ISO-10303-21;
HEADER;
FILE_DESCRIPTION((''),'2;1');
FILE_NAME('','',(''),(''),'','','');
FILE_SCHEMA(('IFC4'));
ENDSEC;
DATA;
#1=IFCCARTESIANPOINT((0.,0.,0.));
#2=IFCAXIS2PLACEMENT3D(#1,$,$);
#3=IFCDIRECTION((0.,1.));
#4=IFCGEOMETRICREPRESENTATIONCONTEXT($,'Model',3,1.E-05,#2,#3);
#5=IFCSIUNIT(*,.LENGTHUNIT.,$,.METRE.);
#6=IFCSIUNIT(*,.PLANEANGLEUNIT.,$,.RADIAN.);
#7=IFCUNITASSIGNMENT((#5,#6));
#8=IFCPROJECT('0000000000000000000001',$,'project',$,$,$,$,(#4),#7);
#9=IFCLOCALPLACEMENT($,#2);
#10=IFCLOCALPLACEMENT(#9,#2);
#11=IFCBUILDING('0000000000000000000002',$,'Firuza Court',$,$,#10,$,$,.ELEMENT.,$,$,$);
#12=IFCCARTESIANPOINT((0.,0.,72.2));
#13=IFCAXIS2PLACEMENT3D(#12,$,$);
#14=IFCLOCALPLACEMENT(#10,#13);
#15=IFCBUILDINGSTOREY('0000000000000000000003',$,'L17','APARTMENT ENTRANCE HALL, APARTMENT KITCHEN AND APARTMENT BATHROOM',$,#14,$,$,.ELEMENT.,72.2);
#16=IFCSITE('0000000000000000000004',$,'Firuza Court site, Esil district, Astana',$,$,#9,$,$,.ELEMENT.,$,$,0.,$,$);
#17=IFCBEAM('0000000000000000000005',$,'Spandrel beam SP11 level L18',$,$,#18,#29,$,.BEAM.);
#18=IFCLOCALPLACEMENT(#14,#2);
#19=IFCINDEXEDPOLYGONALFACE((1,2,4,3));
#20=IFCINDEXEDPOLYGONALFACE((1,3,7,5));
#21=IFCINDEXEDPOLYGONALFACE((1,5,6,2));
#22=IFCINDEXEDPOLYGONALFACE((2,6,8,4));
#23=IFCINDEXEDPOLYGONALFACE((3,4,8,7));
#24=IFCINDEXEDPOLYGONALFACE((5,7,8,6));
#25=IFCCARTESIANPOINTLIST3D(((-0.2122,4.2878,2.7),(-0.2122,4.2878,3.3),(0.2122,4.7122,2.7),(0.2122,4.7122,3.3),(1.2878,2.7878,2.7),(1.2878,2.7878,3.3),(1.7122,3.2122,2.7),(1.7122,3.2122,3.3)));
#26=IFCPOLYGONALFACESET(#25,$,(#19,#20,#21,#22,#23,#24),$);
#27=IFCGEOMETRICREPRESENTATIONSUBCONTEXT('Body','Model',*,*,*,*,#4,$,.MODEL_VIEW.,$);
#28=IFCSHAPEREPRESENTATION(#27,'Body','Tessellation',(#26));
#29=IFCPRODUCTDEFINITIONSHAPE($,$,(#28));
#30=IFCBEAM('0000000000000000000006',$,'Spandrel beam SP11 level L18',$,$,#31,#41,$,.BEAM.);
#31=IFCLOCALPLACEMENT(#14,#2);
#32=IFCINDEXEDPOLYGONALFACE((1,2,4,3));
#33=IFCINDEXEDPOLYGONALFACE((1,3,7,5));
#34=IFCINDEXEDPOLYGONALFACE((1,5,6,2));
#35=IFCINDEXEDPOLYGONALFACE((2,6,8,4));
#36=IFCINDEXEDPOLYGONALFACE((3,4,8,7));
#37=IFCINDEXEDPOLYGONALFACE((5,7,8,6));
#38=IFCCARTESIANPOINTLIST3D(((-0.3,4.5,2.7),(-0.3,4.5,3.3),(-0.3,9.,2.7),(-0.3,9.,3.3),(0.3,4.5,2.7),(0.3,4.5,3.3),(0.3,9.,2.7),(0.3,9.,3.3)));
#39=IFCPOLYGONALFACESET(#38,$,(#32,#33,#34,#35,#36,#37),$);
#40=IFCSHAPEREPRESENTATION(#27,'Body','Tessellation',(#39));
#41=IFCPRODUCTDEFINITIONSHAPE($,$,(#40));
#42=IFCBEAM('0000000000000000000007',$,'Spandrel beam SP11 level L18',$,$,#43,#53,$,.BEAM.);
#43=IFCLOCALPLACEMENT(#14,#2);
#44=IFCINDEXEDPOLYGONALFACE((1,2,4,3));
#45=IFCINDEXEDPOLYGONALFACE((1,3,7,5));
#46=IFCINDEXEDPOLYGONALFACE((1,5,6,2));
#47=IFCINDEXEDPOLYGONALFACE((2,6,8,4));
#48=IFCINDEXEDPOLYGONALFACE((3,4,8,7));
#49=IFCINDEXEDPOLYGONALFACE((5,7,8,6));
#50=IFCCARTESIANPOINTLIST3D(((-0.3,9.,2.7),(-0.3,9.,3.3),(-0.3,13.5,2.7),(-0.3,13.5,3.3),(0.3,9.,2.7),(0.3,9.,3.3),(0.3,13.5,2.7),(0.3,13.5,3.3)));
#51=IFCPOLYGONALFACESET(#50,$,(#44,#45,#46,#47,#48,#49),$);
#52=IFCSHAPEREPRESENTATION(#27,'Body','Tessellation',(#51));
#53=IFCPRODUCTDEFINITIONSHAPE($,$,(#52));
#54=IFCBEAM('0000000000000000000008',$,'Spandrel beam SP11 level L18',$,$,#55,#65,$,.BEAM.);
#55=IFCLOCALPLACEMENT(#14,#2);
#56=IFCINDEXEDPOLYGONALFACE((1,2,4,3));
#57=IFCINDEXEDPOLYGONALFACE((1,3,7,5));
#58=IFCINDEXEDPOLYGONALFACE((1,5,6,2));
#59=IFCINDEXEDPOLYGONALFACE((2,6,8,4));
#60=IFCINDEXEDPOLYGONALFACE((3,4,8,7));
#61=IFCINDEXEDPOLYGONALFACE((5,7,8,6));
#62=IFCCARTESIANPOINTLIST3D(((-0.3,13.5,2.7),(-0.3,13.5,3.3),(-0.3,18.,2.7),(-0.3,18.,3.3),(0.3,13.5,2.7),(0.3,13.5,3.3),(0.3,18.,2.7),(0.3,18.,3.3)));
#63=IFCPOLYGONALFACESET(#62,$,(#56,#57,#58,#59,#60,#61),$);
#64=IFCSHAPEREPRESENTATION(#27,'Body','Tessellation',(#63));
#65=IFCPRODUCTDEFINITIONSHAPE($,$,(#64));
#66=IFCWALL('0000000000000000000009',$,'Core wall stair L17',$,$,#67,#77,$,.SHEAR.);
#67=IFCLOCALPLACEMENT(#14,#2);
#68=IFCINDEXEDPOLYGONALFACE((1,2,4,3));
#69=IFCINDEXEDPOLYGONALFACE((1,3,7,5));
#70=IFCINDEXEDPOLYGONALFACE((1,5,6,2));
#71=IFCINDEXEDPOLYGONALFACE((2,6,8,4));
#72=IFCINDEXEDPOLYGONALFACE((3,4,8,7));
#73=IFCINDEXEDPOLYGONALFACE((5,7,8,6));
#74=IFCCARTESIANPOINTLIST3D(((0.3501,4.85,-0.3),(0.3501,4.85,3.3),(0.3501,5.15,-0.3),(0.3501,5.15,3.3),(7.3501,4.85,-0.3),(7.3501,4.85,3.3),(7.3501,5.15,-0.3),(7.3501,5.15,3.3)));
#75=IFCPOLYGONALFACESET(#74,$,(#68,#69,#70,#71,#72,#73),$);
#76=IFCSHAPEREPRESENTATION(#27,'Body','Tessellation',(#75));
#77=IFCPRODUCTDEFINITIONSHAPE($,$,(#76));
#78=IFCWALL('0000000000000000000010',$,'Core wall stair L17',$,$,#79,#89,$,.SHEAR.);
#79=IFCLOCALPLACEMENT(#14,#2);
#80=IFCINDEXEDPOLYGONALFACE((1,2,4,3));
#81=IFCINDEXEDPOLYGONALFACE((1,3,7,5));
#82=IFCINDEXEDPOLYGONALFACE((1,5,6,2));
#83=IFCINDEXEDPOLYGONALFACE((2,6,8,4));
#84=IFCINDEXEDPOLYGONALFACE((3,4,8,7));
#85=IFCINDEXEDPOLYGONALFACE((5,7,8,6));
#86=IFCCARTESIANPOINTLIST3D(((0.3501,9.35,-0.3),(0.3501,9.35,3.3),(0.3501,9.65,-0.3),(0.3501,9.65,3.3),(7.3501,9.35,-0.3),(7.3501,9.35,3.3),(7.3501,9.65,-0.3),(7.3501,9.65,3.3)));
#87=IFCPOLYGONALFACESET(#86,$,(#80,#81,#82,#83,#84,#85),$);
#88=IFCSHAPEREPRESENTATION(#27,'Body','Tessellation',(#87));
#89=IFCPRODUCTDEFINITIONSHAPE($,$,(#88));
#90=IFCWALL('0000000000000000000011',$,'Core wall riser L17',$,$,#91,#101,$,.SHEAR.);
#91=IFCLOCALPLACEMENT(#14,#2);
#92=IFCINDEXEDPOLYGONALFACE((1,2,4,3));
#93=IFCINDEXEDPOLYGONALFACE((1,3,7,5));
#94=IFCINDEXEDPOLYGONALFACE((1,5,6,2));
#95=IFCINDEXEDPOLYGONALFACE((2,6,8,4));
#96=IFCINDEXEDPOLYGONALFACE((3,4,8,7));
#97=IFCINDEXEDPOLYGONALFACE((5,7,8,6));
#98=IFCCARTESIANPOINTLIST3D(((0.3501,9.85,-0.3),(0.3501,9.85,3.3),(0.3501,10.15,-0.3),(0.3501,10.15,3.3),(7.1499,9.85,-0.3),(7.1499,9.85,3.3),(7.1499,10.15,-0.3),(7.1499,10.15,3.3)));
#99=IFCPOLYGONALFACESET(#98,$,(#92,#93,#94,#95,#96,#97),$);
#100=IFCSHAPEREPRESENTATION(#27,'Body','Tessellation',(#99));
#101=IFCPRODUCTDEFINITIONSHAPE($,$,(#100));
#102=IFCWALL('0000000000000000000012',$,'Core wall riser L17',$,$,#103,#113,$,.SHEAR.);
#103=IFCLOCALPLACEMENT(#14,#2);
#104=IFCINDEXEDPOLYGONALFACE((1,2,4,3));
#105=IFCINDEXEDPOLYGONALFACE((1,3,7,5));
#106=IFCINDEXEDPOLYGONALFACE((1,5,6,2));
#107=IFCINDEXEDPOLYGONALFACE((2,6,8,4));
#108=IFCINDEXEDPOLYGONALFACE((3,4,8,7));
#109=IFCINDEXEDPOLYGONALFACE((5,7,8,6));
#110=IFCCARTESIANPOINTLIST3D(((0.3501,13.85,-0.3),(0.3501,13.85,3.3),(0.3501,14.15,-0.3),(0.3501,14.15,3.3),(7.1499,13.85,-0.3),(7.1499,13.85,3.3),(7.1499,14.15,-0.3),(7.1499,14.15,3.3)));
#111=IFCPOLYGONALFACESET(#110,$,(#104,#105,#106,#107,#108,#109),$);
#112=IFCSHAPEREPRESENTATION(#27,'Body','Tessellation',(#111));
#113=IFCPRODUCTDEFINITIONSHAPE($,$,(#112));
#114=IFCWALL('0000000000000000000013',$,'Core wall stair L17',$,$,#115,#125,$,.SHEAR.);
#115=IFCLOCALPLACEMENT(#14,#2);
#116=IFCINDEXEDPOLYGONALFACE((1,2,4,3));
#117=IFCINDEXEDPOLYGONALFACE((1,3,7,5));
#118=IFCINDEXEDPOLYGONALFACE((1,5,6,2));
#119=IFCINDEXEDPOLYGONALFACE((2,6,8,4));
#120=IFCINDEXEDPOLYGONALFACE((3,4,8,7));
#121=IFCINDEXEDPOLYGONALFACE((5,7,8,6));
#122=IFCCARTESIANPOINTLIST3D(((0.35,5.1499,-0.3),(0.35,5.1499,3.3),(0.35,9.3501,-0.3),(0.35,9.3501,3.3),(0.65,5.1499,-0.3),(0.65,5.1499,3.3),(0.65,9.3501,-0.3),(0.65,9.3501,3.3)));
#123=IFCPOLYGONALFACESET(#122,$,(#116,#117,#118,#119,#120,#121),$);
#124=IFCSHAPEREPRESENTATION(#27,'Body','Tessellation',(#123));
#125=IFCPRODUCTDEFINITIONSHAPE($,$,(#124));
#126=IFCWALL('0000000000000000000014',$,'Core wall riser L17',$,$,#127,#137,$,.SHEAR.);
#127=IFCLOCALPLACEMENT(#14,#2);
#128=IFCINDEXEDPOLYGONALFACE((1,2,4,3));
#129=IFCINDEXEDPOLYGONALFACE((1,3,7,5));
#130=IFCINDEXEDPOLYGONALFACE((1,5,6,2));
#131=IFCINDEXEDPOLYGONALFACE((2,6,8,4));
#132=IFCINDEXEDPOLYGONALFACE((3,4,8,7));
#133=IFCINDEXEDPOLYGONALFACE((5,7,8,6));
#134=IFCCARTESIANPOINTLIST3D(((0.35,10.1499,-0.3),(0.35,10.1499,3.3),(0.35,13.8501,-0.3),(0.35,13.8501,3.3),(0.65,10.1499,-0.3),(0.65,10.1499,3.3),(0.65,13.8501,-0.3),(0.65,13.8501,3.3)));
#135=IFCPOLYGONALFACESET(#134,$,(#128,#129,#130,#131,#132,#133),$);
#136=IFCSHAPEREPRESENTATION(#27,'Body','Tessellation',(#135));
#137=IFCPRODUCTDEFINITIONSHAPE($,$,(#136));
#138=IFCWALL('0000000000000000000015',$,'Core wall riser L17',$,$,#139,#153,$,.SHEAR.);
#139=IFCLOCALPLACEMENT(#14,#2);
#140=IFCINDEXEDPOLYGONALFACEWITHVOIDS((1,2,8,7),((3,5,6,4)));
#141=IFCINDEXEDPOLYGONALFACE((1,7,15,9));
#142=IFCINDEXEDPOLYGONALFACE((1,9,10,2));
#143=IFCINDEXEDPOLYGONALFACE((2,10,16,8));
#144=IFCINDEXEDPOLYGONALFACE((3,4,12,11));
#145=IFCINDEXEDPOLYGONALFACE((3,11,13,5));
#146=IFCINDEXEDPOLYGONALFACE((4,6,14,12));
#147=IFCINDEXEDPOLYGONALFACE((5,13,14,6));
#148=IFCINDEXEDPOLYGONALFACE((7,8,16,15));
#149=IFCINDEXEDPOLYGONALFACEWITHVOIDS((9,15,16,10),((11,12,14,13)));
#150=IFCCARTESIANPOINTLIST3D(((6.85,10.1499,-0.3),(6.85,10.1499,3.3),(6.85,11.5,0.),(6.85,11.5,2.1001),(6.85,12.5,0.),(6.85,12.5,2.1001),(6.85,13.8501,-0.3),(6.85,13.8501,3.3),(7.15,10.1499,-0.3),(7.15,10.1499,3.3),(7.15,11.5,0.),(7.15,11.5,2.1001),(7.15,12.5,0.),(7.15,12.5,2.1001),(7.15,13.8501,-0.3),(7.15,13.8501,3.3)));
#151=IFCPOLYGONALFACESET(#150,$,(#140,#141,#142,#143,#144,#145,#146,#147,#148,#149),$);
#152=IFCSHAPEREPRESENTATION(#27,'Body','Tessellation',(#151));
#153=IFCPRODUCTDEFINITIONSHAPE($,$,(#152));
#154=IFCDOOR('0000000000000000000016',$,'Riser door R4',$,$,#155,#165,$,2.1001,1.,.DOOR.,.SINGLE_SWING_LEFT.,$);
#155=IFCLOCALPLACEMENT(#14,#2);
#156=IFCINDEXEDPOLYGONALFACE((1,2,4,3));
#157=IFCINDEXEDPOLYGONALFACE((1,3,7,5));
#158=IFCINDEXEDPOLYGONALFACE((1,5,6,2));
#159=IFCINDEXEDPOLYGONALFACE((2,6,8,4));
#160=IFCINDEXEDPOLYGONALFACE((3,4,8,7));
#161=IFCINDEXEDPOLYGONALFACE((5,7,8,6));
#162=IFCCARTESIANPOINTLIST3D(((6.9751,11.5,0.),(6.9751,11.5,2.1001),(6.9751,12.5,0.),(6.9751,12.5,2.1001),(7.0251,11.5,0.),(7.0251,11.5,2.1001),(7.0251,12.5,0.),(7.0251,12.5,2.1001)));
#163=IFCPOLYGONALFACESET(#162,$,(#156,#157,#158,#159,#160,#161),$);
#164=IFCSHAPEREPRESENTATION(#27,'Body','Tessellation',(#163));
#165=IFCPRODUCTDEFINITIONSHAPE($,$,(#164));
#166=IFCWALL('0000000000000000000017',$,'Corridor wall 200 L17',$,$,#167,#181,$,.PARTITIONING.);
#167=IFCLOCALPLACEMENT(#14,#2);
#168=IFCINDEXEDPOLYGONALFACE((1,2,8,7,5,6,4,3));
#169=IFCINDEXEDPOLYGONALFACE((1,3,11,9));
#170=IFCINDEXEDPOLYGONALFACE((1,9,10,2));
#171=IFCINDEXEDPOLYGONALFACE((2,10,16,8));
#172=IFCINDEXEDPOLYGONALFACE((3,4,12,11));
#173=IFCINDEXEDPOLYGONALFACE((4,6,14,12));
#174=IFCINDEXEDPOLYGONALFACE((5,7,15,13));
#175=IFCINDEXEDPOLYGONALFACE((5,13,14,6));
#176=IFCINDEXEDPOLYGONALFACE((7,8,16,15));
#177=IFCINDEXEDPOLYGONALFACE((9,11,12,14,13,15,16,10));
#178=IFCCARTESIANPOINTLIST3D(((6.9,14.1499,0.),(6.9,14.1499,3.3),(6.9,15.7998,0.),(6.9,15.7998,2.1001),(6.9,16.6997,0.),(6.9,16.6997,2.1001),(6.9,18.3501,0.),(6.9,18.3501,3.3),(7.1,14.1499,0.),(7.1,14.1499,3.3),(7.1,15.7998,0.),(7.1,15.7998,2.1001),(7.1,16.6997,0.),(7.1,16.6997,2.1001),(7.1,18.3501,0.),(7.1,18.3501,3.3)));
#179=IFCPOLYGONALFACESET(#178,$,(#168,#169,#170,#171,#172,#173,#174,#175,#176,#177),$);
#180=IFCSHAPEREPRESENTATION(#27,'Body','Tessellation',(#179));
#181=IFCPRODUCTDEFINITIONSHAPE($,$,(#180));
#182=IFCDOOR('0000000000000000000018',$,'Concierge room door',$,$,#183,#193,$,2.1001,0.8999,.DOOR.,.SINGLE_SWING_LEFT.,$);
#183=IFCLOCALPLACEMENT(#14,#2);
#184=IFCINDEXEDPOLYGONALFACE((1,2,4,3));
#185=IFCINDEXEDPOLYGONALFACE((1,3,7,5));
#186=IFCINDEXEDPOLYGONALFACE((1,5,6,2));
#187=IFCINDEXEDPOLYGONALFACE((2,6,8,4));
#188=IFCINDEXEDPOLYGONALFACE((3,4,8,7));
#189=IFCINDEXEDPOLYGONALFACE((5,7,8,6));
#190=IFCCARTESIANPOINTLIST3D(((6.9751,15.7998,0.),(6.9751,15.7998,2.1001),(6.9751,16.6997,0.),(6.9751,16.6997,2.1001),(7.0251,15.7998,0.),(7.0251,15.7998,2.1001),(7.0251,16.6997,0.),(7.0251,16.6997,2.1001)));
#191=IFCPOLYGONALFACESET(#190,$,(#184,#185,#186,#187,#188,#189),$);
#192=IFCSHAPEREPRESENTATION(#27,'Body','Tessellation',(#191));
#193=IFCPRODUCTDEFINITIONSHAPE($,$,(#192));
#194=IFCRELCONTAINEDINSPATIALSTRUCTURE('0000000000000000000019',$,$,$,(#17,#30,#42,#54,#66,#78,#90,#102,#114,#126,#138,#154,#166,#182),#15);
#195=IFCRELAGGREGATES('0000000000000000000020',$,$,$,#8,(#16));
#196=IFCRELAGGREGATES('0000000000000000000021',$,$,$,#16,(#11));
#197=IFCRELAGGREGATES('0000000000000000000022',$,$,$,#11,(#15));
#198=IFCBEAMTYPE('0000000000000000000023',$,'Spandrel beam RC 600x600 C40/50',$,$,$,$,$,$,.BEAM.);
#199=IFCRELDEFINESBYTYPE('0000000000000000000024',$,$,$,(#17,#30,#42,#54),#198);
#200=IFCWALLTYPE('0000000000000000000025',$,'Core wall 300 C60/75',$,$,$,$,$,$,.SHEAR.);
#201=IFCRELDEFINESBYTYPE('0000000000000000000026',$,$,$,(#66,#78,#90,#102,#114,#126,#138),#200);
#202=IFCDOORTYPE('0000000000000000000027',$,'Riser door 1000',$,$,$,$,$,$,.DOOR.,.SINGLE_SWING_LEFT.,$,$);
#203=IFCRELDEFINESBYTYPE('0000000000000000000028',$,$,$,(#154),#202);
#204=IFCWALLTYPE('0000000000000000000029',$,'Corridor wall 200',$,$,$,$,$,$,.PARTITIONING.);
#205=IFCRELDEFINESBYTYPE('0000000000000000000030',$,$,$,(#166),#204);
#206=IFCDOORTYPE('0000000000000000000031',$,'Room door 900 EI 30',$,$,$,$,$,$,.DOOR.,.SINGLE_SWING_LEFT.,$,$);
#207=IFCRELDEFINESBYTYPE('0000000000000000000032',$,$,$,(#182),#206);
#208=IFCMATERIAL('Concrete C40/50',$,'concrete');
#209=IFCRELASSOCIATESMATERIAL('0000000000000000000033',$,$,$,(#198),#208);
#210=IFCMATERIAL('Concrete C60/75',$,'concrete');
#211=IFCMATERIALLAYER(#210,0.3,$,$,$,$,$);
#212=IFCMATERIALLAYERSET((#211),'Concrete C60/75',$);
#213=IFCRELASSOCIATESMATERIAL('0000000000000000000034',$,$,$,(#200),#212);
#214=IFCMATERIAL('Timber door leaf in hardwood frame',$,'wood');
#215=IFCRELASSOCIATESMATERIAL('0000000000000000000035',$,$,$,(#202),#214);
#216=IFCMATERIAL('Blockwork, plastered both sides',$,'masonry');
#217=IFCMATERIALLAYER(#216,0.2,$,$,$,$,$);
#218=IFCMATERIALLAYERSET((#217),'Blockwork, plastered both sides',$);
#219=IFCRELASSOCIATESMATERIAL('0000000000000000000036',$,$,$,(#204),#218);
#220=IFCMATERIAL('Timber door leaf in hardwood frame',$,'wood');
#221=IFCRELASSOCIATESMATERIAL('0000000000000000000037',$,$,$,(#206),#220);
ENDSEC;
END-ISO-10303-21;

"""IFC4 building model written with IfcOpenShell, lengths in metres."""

from ifc_helpers import new_model, si_unit, direction, frame, frame_2d, origin, origin_2d, place, context, subcontext, project, spatial, rectangle, extrude, material, layer, layer_set, material_profile, profile_set, type_object, element, fill, save


model = new_model("IFC4")

# Units and contexts
model_context = context("Model", 3, precision=1e-05, world=origin(), true_north=direction((0.0, 1.0)))
body_context = subcontext(model_context, "Body", "Model", "MODEL_VIEW")
ifc_project = project(units=[si_unit("LENGTHUNIT", "METRE"), si_unit("PLANEANGLEUNIT", "RADIAN")], contexts=[model_context])

# Site, building, storey
site_placement = place(None, origin())
site = spatial("IfcSite", under=ifc_project, at=site_placement, Name="Firuza Court site, Esil district, Astana", CompositionType="ELEMENT", RefElevation=0.0)
building_placement = place(site_placement, origin())
building = spatial("IfcBuilding", under=site, at=building_placement, Name="Firuza Court", CompositionType="ELEMENT")
storey_placement = place(building_placement, frame((0.0, 0.0, 72.2)))
storey = spatial("IfcBuildingStorey", under=building, at=storey_placement, Name="L17", Description="APARTMENT ENTRANCE HALL, APARTMENT KITCHEN AND APARTMENT BATHROOM", CompositionType="ELEMENT", Elevation=72.2)

# Beams
ifc_material_1 = material(Name="Concrete C40/50", Category="concrete")
ifc_material_profile_1 = material_profile(ifc_material_1, rectangle(XDim=0.6001, YDim=0.6001, at=origin_2d()), Name="RC 600x600")
ifc_profile_set_1 = profile_set([ifc_material_profile_1], Name="Concrete C40/50")
beam_type_1 = type_object("IfcBeamType", Name="Spandrel beam RC 600x600 C40/50", PredefinedType="BEAM", material=ifc_profile_set_1)
beam_1_placement = place(storey_placement, frame((0.0, 4.5, 3.0), z_axis=(0.707107, -0.707107, 0.0), x_axis=(0.707107, 0.707107, 0.0)))
element("IfcBeam", 1, at=beam_1_placement, inside=storey, type_object=beam_type_1, Name="Spandrel beam SP11 level L18", PredefinedType="BEAM", context=body_context, shape_type="SweptSolid", body=[
    extrude(rectangle(XDim=0.6001, YDim=0.6001, at=origin_2d()), origin(), (0.0, 0.0, 1.0), 2.1213),
])
for number, where, z_axis, x_axis, name in (
    (2, (0.0, 9.0, 3.0), (0.0, -1.0, 0.0), (1.0, 0.0, 0.0), "Spandrel beam SP11 level L18"),
    (3, (0.0, 13.5, 3.0), (0.0, -1.0, 0.0), (1.0, 0.0, 0.0), "Spandrel beam SP11 level L18"),
    (4, (0.0, 18.0, 3.0), (0.0, -1.0, 0.0), (1.0, 0.0, 0.0), "Spandrel beam SP11 level L18"),
):
    element("IfcBeam", number, at=place(storey_placement, frame(where, z_axis=z_axis, x_axis=x_axis)), inside=storey, type_object=beam_type_1, Name=name, PredefinedType="BEAM", context=body_context, shape_type="SweptSolid", body=[
        extrude(rectangle(XDim=0.6001, YDim=0.6001, at=origin_2d()), origin(), (0.0, 0.0, 1.0), 4.5),
    ])

# Walls
ifc_material_2 = material(Name="Concrete C60/75", Category="concrete")
ifc_layer_1 = layer(ifc_material_2, 0.3)
ifc_layer_set_1 = layer_set([ifc_layer_1], Name="Concrete C60/75")
wall_type_1 = type_object("IfcWallType", Name="Core wall 300 C60/75", PredefinedType="SHEAR", material=ifc_layer_set_1)
for number, where, z_axis, x_axis, name in (
    (5, (0.3501, 5.0, -0.3), (0.0, 0.0, 1.0), (1.0, 0.0, 0.0), "Core wall stair L17"),
    (6, (0.3501, 9.5, -0.3), (0.0, 0.0, 1.0), (1.0, 0.0, 0.0), "Core wall stair L17"),
):
    element("IfcWall", number, at=place(storey_placement, frame(where, z_axis=z_axis, x_axis=x_axis)), inside=storey, type_object=wall_type_1, Name=name, PredefinedType="SHEAR", context=body_context, shape_type="SweptSolid", body=[
        extrude(rectangle(XDim=7.0, YDim=0.3, at=frame_2d((3.5, 0.0))), origin(), (0.0, 0.0, 1.0), 3.6001),
    ])
for number, where, z_axis, x_axis, name in (
    (7, (0.3501, 10.0, -0.3), (0.0, 0.0, 1.0), (1.0, 0.0, 0.0), "Core wall riser L17"),
    (8, (0.3501, 14.0, -0.3), (0.0, 0.0, 1.0), (1.0, 0.0, 0.0), "Core wall riser L17"),
):
    element("IfcWall", number, at=place(storey_placement, frame(where, z_axis=z_axis, x_axis=x_axis)), inside=storey, type_object=wall_type_1, Name=name, PredefinedType="SHEAR", context=body_context, shape_type="SweptSolid", body=[
        extrude(rectangle(XDim=6.7998, YDim=0.3, at=frame_2d((3.3999, 0.0))), origin(), (0.0, 0.0, 1.0), 3.6001),
    ])
wall_1_placement = place(storey_placement, frame((0.5, 5.1499, -0.3), z_axis=(0.0, 0.0, 1.0), x_axis=(0.0, 1.0, 0.0)))
element("IfcWall", 9, at=wall_1_placement, inside=storey, type_object=wall_type_1, Name="Core wall stair L17", PredefinedType="SHEAR", context=body_context, shape_type="SweptSolid", body=[
    extrude(rectangle(XDim=4.2002, YDim=0.3, at=frame_2d((2.1001, 0.0))), origin(), (0.0, 0.0, 1.0), 3.6001),
])
wall_2_placement = place(storey_placement, frame((0.5, 10.1499, -0.3), z_axis=(0.0, 0.0, 1.0), x_axis=(0.0, 1.0, 0.0)))
element("IfcWall", 10, at=wall_2_placement, inside=storey, type_object=wall_type_1, Name="Core wall riser L17", PredefinedType="SHEAR", context=body_context, shape_type="SweptSolid", body=[
    extrude(rectangle(XDim=3.7002, YDim=0.3, at=frame_2d((1.8501, 0.0))), origin(), (0.0, 0.0, 1.0), 3.6001),
])

# Walls, openings, doors
wall_3_placement = place(storey_placement, frame((7.0, 10.1499, -0.3), z_axis=(0.0, 0.0, 1.0), x_axis=(0.0, 1.0, 0.0)))
wall_3 = element("IfcWall", 11, at=wall_3_placement, inside=storey, type_object=wall_type_1, Name="Core wall riser L17", PredefinedType="SHEAR", context=body_context, shape_type="SweptSolid", body=[
    extrude(rectangle(XDim=3.7002, YDim=0.3, at=frame_2d((1.8501, 0.0))), origin(), (0.0, 0.0, 1.0), 3.6001),
])
opening_1_placement = place(wall_3_placement, frame((1.3501, 0.0, 0.3)))
opening_1 = element("IfcOpeningElement", 12, at=opening_1_placement, cuts=wall_3, PredefinedType="OPENING", context=body_context, shape_type="SweptSolid", body=[
    extrude(rectangle(XDim=1.0, YDim=2.1001, at=frame_2d((0.5, 1.05))), frame((0.0, 0.1621, 0.0), z_axis=(0.0, -1.0, 0.0), x_axis=(1.0, 0.0, 0.0)), (0.0, 0.0, 1.0), 0.324),
])
ifc_material_3 = material(Name="Timber door leaf in hardwood frame", Category="wood")
door_type_1 = type_object("IfcDoorType", Name="Riser door 1000", OperationType="SINGLE_SWING_LEFT", PredefinedType="DOOR", material=ifc_material_3)
door_1_placement = place(opening_1_placement, origin())
door_1 = element("IfcDoor", 13, at=door_1_placement, inside=storey, type_object=door_type_1, Name="Riser door R4", OperationType="SINGLE_SWING_LEFT", OverallHeight=2.1001, OverallWidth=1.0, PredefinedType="DOOR", context=body_context, shape_type="SweptSolid", body=[
    extrude(rectangle(XDim=1.0, YDim=2.1001, at=frame_2d((0.5, 1.05))), frame((0.0, 0.0249, 0.0), z_axis=(0.0, -1.0, 0.0), x_axis=(1.0, 0.0, 0.0)), (0.0, 0.0, 1.0), 0.05),
])
fill(opening_1, door_1)
ifc_material_4 = material(Name="Blockwork, plastered both sides", Category="masonry")
ifc_layer_2 = layer(ifc_material_4, 0.2)
ifc_layer_set_2 = layer_set([ifc_layer_2], Name="Blockwork, plastered both sides")
wall_type_2 = type_object("IfcWallType", Name="Corridor wall 200", PredefinedType="PARTITIONING", material=ifc_layer_set_2)
wall_4_placement = place(storey_placement, frame((7.0, 14.1499, 0.0), z_axis=(0.0, 0.0, 1.0), x_axis=(0.0, 1.0, 0.0)))
wall_4 = element("IfcWall", 14, at=wall_4_placement, inside=storey, type_object=wall_type_2, Name="Corridor wall 200 L17", PredefinedType="PARTITIONING", context=body_context, shape_type="SweptSolid", body=[
    extrude(rectangle(XDim=4.2002, YDim=0.2, at=frame_2d((2.1001, 0.0))), origin(), (0.0, 0.0, 1.0), 3.3),
])
opening_2_placement = place(wall_4_placement, frame((1.6499, 0.0, 0.0)))
opening_2 = element("IfcOpeningElement", 15, at=opening_2_placement, cuts=wall_4, PredefinedType="OPENING", context=body_context, shape_type="SweptSolid", body=[
    extrude(rectangle(XDim=0.8999, YDim=2.1001, at=frame_2d((0.45, 1.05))), frame((0.0, 0.1118, 0.0), z_axis=(0.0, -1.0, 0.0), x_axis=(1.0, 0.0, 0.0)), (0.0, 0.0, 1.0), 0.2239),
])
ifc_material_5 = material(Name="Timber door leaf in hardwood frame", Category="wood")
door_type_2 = type_object("IfcDoorType", Name="Room door 900 EI 30", OperationType="SINGLE_SWING_LEFT", PredefinedType="DOOR", material=ifc_material_5)
door_2_placement = place(opening_2_placement, origin())
door_2 = element("IfcDoor", 16, at=door_2_placement, inside=storey, type_object=door_type_2, Name="Concierge room door", OperationType="SINGLE_SWING_LEFT", OverallHeight=2.1001, OverallWidth=0.8999, PredefinedType="DOOR", context=body_context, shape_type="SweptSolid", body=[
    extrude(rectangle(XDim=0.8999, YDim=2.1001, at=frame_2d((0.45, 1.05))), frame((0.0, 0.0249, 0.0), z_axis=(0.0, -1.0, 0.0), x_axis=(1.0, 0.0, 0.0)), (0.0, 0.0, 1.0), 0.05),
])
fill(opening_2, door_2)

save(model, "model.ifc")
